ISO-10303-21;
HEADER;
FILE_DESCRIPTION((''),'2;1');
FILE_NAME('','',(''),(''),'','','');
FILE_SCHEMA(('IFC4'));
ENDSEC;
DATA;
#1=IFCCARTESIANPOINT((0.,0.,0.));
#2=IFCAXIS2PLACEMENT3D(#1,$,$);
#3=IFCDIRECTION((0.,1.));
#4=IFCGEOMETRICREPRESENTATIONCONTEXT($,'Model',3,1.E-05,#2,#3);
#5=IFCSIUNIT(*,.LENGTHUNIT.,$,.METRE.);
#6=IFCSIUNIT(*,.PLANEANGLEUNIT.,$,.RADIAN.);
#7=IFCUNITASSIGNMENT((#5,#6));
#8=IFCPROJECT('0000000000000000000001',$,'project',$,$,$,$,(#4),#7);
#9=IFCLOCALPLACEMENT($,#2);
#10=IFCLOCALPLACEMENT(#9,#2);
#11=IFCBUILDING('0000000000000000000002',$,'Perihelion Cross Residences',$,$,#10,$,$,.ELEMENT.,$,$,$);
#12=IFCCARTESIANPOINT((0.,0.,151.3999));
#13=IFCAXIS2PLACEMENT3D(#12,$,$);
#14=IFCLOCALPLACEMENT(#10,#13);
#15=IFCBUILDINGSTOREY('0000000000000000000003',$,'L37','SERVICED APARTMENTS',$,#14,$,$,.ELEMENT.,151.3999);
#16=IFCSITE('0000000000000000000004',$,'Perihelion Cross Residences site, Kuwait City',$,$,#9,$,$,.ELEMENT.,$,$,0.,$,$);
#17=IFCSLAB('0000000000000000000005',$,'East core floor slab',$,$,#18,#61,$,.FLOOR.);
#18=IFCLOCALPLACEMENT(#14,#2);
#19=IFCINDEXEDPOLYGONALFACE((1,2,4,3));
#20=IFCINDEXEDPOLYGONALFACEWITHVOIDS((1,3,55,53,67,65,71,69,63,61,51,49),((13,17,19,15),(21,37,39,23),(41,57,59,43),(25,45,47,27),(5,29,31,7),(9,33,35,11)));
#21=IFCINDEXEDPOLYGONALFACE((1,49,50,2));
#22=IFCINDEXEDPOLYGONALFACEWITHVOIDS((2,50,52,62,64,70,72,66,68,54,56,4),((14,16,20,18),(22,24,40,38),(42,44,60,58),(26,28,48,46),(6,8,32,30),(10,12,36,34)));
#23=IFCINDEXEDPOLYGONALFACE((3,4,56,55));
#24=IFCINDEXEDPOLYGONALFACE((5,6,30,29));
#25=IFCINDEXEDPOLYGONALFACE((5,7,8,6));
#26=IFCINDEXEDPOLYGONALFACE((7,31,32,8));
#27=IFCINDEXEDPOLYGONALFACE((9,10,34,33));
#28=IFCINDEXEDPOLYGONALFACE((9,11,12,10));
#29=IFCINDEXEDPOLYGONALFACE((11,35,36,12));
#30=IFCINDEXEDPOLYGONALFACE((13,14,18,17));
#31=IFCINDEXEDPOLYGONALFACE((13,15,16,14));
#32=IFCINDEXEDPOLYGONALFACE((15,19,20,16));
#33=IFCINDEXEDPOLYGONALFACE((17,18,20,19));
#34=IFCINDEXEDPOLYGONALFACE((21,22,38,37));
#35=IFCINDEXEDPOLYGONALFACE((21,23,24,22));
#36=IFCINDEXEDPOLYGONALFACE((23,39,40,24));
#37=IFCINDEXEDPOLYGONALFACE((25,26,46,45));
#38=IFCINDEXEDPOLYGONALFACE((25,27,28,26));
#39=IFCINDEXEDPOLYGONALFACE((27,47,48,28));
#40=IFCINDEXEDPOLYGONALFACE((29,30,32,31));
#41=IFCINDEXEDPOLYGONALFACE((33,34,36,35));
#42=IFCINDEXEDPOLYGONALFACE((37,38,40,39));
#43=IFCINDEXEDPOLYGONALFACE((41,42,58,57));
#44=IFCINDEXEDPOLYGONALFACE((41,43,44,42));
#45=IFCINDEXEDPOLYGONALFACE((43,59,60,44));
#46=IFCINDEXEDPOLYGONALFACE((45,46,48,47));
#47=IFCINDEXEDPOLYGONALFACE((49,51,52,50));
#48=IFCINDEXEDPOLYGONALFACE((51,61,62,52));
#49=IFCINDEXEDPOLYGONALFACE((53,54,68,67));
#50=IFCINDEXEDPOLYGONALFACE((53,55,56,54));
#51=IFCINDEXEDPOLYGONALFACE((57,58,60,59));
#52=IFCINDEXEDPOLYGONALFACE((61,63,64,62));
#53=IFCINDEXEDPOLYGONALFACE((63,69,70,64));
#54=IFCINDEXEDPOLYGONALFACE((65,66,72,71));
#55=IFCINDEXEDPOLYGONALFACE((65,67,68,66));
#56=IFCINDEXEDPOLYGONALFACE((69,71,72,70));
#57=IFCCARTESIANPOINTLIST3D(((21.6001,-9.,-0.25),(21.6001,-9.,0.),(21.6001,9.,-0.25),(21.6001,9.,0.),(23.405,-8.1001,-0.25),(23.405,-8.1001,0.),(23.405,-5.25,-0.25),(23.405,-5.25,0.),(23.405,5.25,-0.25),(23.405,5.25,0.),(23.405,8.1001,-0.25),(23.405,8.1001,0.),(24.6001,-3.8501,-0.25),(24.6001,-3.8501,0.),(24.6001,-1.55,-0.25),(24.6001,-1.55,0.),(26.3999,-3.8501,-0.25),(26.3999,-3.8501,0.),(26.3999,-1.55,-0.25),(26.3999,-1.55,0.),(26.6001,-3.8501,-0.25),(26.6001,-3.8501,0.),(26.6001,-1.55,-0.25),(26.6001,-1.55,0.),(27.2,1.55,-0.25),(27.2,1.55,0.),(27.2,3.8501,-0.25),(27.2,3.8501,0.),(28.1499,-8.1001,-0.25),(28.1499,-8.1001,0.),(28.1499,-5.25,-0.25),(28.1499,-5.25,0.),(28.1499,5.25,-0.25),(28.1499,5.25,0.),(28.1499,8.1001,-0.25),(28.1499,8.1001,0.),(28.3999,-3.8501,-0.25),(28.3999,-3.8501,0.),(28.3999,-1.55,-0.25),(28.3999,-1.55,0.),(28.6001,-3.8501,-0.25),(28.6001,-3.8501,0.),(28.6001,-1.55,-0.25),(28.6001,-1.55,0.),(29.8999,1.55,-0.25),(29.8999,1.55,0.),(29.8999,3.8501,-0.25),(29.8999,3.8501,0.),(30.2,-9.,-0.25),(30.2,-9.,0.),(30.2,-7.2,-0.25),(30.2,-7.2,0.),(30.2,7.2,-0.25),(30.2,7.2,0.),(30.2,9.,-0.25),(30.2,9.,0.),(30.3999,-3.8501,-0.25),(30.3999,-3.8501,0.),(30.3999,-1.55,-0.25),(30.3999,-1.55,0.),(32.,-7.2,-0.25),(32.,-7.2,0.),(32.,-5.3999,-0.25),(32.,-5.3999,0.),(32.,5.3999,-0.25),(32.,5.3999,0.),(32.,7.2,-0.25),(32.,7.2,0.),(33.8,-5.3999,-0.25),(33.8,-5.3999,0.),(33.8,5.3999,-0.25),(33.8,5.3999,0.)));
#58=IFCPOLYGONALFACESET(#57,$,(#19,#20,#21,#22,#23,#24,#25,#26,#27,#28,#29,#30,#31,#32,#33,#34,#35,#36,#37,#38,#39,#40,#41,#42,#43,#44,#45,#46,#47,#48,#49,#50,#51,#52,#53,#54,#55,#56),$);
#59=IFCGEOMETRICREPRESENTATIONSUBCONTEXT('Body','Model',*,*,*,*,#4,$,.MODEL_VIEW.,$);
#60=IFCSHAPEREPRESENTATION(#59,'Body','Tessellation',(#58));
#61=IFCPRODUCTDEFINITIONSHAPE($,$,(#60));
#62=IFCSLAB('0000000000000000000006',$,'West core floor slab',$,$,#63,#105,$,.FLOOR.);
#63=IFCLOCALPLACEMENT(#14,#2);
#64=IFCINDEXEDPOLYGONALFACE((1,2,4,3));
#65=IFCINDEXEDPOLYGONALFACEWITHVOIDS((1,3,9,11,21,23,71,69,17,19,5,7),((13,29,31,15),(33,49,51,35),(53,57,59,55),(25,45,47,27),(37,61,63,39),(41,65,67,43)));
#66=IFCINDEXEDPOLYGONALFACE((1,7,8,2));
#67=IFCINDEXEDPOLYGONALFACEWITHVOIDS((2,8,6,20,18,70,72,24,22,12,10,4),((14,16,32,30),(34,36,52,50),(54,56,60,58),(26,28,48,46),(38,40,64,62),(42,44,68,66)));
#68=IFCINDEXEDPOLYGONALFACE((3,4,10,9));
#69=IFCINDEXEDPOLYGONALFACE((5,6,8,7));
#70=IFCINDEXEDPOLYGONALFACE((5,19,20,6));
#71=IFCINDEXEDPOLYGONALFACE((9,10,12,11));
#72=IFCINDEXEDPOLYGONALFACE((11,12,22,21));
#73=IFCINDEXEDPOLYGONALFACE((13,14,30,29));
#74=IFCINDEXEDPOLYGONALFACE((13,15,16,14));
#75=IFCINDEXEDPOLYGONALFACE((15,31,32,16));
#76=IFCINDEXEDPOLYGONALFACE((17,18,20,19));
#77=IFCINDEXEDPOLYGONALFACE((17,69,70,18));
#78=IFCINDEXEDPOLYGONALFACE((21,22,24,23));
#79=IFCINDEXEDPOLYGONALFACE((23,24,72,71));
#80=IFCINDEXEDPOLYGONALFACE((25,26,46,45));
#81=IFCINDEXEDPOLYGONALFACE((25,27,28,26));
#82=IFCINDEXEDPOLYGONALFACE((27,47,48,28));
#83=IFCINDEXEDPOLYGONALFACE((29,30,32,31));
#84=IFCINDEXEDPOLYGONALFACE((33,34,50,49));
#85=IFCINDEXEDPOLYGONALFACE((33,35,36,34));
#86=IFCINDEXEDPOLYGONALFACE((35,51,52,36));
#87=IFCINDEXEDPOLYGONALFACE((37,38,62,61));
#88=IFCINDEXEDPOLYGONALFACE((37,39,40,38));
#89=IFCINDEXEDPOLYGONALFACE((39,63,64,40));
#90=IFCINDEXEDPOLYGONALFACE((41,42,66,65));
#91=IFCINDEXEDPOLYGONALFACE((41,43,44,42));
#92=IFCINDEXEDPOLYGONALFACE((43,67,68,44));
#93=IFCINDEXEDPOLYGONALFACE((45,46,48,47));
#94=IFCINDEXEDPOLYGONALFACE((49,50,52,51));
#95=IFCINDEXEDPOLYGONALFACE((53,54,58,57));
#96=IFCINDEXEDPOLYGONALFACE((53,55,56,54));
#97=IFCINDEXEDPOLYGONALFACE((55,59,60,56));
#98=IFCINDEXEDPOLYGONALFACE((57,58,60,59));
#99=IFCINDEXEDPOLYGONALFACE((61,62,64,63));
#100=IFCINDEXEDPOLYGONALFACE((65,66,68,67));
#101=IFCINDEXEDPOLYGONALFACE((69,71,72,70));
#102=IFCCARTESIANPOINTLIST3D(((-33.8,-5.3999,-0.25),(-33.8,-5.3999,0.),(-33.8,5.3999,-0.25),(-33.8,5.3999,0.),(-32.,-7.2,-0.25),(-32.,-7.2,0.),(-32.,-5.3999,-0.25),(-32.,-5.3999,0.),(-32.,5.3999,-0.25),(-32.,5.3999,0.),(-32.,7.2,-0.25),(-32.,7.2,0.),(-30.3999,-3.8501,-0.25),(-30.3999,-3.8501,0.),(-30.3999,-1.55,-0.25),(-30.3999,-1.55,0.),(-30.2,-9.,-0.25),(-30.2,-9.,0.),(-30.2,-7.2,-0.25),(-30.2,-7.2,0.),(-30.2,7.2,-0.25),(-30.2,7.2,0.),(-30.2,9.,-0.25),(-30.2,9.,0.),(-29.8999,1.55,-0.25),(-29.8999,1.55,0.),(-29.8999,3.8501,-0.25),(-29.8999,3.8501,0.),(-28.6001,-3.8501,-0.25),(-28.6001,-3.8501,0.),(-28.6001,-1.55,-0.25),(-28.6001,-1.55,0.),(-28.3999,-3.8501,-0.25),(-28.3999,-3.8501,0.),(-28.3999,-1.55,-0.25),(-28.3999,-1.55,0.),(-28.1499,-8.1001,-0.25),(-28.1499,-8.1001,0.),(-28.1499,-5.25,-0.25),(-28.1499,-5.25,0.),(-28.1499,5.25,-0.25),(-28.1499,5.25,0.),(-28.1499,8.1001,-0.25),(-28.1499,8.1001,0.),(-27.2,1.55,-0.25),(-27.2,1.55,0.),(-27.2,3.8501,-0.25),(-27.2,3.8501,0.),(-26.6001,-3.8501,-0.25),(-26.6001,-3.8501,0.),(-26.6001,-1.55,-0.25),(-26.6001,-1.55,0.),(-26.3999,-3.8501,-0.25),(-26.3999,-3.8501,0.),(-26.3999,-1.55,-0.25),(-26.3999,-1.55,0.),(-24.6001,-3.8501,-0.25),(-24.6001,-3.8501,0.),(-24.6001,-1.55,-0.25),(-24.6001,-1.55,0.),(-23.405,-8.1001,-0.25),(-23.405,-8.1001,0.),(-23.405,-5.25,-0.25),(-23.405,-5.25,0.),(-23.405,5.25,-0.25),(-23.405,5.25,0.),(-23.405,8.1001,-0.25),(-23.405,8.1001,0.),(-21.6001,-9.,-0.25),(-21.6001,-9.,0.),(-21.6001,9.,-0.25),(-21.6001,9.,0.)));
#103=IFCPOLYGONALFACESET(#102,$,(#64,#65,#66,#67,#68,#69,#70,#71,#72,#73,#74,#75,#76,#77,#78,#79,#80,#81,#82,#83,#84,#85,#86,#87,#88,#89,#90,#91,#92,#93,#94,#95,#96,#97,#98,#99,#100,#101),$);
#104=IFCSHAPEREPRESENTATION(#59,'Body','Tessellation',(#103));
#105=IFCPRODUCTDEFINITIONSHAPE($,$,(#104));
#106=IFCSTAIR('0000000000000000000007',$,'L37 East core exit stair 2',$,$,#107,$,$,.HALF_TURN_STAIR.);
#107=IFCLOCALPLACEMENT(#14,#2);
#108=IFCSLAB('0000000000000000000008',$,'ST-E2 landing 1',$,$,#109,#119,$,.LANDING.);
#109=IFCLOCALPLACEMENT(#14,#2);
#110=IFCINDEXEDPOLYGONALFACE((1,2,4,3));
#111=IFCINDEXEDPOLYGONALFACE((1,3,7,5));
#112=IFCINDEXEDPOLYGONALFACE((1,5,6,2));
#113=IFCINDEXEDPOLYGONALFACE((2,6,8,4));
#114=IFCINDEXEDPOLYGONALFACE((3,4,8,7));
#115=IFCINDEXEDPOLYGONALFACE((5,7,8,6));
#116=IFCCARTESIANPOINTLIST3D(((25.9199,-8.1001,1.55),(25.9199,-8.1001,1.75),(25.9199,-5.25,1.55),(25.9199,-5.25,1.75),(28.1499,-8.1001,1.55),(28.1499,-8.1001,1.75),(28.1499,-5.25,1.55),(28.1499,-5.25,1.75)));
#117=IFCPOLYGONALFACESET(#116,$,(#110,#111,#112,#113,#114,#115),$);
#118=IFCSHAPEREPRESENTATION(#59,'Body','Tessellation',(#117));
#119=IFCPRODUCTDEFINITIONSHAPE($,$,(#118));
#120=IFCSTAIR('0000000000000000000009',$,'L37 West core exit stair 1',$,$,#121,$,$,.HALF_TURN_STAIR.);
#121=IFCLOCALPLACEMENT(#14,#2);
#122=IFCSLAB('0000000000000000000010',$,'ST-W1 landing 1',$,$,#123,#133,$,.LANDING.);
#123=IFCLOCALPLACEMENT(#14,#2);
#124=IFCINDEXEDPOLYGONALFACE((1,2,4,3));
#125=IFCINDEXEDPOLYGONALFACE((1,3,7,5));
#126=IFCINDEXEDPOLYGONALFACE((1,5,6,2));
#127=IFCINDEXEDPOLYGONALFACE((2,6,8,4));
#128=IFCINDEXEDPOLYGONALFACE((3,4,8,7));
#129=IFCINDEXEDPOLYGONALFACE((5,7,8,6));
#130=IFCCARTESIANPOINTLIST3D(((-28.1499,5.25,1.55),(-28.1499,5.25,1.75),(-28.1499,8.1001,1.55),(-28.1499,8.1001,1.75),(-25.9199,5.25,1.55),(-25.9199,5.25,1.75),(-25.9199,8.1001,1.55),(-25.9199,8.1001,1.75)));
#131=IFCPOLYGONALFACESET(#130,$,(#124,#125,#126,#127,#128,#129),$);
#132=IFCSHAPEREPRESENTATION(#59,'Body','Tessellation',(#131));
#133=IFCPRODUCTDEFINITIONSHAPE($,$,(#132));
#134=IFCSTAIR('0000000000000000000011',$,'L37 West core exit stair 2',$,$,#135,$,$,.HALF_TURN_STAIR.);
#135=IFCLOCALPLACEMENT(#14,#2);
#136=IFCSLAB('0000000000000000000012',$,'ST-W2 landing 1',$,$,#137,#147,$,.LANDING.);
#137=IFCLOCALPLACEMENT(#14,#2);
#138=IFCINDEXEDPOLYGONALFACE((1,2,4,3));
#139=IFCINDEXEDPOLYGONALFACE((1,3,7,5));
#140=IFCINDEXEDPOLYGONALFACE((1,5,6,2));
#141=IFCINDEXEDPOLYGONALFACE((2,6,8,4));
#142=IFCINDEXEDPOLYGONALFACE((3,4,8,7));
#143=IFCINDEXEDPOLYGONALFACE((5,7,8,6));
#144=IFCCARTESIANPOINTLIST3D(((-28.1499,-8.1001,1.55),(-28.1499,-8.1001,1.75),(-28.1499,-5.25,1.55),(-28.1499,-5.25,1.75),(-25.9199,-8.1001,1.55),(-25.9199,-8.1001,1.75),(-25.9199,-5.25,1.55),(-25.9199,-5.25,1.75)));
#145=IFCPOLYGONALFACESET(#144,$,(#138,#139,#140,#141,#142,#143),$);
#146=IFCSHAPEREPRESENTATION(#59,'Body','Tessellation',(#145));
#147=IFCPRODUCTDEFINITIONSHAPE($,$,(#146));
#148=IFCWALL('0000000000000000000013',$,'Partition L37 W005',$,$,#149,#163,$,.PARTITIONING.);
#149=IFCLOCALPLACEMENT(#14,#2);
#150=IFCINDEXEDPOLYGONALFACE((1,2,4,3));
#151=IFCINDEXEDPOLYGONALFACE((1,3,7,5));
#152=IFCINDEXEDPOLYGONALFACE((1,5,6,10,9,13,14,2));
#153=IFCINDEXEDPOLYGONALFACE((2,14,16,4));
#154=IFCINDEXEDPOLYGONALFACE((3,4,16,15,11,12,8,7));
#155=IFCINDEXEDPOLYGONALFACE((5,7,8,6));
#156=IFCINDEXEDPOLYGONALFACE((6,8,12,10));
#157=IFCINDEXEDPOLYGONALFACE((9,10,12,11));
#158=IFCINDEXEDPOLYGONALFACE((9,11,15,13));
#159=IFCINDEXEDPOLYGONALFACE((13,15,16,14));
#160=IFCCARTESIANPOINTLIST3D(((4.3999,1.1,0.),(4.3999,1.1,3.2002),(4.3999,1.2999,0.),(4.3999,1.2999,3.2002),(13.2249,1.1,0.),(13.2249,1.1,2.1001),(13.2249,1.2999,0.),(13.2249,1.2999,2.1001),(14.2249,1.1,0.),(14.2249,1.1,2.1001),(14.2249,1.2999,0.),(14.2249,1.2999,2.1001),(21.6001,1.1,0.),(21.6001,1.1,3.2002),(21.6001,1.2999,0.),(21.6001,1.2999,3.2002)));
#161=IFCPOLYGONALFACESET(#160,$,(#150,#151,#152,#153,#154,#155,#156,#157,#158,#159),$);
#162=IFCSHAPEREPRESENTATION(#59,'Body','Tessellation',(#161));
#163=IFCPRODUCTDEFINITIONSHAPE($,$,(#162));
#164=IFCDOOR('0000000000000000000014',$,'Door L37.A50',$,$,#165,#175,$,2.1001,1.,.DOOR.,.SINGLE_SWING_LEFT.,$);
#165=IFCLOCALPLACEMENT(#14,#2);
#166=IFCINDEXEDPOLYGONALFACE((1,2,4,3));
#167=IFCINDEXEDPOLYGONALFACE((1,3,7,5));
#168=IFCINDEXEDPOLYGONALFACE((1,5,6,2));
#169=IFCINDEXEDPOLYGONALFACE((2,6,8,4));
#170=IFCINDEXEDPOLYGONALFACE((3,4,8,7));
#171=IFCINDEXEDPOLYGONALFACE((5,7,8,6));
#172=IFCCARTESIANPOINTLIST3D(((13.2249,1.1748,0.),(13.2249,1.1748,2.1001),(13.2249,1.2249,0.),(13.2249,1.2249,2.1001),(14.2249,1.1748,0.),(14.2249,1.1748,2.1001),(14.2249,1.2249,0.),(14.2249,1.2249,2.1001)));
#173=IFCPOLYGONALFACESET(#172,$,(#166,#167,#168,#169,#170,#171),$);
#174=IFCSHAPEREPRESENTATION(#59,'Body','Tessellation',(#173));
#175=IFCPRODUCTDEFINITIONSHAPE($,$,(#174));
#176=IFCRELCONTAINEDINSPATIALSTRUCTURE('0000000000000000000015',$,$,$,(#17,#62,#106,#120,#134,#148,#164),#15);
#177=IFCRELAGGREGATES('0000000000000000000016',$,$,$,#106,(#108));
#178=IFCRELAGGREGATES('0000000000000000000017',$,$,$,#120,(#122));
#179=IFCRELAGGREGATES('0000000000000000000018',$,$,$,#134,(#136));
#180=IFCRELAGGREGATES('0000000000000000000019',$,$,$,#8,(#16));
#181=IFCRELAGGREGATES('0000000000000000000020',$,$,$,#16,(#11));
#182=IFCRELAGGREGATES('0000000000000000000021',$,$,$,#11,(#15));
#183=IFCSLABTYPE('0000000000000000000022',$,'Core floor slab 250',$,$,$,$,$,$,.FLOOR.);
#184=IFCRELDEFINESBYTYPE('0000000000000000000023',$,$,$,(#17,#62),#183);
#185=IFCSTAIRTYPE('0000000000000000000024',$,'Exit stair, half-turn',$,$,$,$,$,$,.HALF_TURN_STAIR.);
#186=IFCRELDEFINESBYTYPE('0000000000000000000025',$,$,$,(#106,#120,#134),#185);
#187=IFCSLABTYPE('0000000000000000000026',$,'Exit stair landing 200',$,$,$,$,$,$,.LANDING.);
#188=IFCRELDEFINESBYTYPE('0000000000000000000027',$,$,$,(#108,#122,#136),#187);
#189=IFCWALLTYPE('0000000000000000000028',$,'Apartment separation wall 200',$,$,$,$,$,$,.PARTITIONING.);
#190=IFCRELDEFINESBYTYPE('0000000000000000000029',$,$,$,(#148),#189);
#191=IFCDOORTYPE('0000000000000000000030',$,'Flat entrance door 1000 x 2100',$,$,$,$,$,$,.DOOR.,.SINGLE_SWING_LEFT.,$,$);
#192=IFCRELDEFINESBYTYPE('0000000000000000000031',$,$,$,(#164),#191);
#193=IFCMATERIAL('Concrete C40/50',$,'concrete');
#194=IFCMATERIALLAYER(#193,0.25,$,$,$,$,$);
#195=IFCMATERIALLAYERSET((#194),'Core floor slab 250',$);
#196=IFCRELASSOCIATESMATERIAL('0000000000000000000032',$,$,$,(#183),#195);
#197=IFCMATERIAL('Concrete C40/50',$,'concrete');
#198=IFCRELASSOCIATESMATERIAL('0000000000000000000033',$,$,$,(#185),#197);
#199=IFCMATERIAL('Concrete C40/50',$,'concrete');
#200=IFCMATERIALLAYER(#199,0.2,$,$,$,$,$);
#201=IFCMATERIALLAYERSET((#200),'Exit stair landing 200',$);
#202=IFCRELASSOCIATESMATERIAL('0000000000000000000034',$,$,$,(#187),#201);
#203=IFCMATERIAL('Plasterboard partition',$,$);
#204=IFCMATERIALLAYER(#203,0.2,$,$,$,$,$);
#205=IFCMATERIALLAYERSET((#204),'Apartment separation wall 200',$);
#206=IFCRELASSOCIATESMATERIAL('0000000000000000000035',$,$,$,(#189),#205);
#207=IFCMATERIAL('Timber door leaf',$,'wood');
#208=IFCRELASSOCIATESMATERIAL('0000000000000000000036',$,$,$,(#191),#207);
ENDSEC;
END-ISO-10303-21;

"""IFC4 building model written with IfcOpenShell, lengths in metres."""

from ifc_helpers import new_model, si_unit, direction, frame, frame_2d, origin, place, context, subcontext, project, spatial, polyline, rectangle, outline, extrude, material, layer, layer_set, type_object, element, fill, aggregate, save


model = new_model("IFC4")

# Units and contexts
model_context = context("Model", 3, precision=1e-05, world=origin(), true_north=direction((0.0, 1.0)))
body_context = subcontext(model_context, "Body", "Model", "MODEL_VIEW")
ifc_project = project(units=[si_unit("LENGTHUNIT", "METRE"), si_unit("PLANEANGLEUNIT", "RADIAN")], contexts=[model_context])

# Site, building, storey
site_placement = place(None, origin())
site = spatial("IfcSite", under=ifc_project, at=site_placement, Name="Perihelion Cross Residences site, Kuwait City", CompositionType="ELEMENT", RefElevation=0.0)
building_placement = place(site_placement, origin())
building = spatial("IfcBuilding", under=site, at=building_placement, Name="Perihelion Cross Residences", CompositionType="ELEMENT")
storey_placement = place(building_placement, frame((0.0, 0.0, 151.3999)))
storey = spatial("IfcBuildingStorey", under=building, at=storey_placement, Name="L37", Description="SERVICED APARTMENTS", CompositionType="ELEMENT", Elevation=151.3999)

# Slabs
ifc_material_1 = material(Name="Concrete C40/50", Category="concrete")
ifc_layer_1 = layer(ifc_material_1, 0.25)
ifc_layer_set_1 = layer_set([ifc_layer_1], Name="Core floor slab 250")
slab_type_1 = type_object("IfcSlabType", Name="Core floor slab 250", PredefinedType="FLOOR", material=ifc_layer_set_1)
slab_1_placement = place(storey_placement, frame((0.0, 0.0, -0.25)))
element("IfcSlab", 1, at=slab_1_placement, inside=storey, type_object=slab_type_1, Name="East core floor slab", PredefinedType="FLOOR", context=body_context, shape_type="SweptSolid", body=[
    extrude(outline(polyline([(30.2, 7.2), (32.0, 7.2), (32.0, 5.3999), (33.8, 5.3999), (33.8, -5.3999), (32.0, -5.3999), (32.0, -7.2), (30.2, -7.2), (30.2, -9.0), (21.6001, -9.0), (21.6001, 9.0), (30.2, 9.0), (30.2, 7.2)]), holes=[polyline([(28.1499, -8.1001), (28.1499, -5.25), (23.405, -5.25), (23.405, -8.1001), (28.1499, -8.1001)]), polyline([(24.6001, -1.55), (24.6001, -3.8501), (26.3999, -3.8501), (26.3999, -1.55), (24.6001, -1.55)]), polyline([(26.6001, -1.55), (26.6001, -3.8501), (28.3999, -3.8501), (28.3999, -1.55), (26.6001, -1.55)]), polyline([(28.6001, -3.8501), (30.3999, -3.8501), (30.3999, -1.55), (28.6001, -1.55), (28.6001, -3.8501)]), polyline([(27.2, 3.8501), (27.2, 1.55), (29.8999, 1.55), (29.8999, 3.8501), (27.2, 3.8501)]), polyline([(23.405, 5.25), (28.1499, 5.25), (28.1499, 8.1001), (23.405, 8.1001), (23.405, 5.25)])]), origin(), (0.0, 0.0, 1.0), 0.25),
])
slab_2_placement = place(storey_placement, frame((0.0, 0.0, -0.25)))
element("IfcSlab", 2, at=slab_2_placement, inside=storey, type_object=slab_type_1, Name="West core floor slab", PredefinedType="FLOOR", context=body_context, shape_type="SweptSolid", body=[
    extrude(outline(polyline([(-30.2, 7.2), (-32.0, 7.2), (-32.0, 5.3999), (-33.8, 5.3999), (-33.8, -5.3999), (-32.0, -5.3999), (-32.0, -7.2), (-30.2, -7.2), (-30.2, -9.0), (-21.6001, -9.0), (-21.6001, 9.0), (-30.2, 9.0), (-30.2, 7.2)]), holes=[polyline([(-28.1499, -8.1001), (-28.1499, -5.25), (-23.405, -5.25), (-23.405, -8.1001), (-28.1499, -8.1001)]), polyline([(-24.6001, -1.55), (-24.6001, -3.8501), (-26.3999, -3.8501), (-26.3999, -1.55), (-24.6001, -1.55)]), polyline([(-26.6001, -1.55), (-26.6001, -3.8501), (-28.3999, -3.8501), (-28.3999, -1.55), (-26.6001, -1.55)]), polyline([(-28.6001, -3.8501), (-30.3999, -3.8501), (-30.3999, -1.55), (-28.6001, -1.55), (-28.6001, -3.8501)]), polyline([(-27.2, 3.8501), (-27.2, 1.55), (-29.8999, 1.55), (-29.8999, 3.8501), (-27.2, 3.8501)]), polyline([(-23.405, 5.25), (-28.1499, 5.25), (-28.1499, 8.1001), (-23.405, 8.1001), (-23.405, 5.25)])]), origin(), (0.0, 0.0, 1.0), 0.25),
])

# Stairs, slabs
ifc_material_2 = material(Name="Concrete C40/50", Category="concrete")
stair_type = type_object("IfcStairType", Name="Exit stair, half-turn", PredefinedType="HALF_TURN_STAIR", material=ifc_material_2)
stair_1_placement = place(storey_placement, origin())
stair_1 = element("IfcStair", 3, at=stair_1_placement, inside=storey, type_object=stair_type, Name="L37 East core exit stair 2", PredefinedType="HALF_TURN_STAIR")
ifc_material_3 = material(Name="Concrete C40/50", Category="concrete")
ifc_layer_2 = layer(ifc_material_3, 0.2)
ifc_layer_set_2 = layer_set([ifc_layer_2], Name="Exit stair landing 200")
slab_type_2 = type_object("IfcSlabType", Name="Exit stair landing 200", PredefinedType="LANDING", material=ifc_layer_set_2)
slab_3_placement = place(storey_placement, frame((0.0, 0.0, 1.55)))
slab_3 = element("IfcSlab", 4, at=slab_3_placement, type_object=slab_type_2, Name="ST-E2 landing 1", PredefinedType="LANDING", context=body_context, shape_type="SweptSolid", body=[
    extrude(outline(polyline([(25.9199, -8.1001), (28.1499, -8.1001), (28.1499, -5.25), (25.9199, -5.25), (25.9199, -8.1001)])), origin(), (0.0, 0.0, 1.0), 0.2),
])
aggregate(stair_1, [slab_3])
stair_2_placement = place(storey_placement, origin())
stair_2 = element("IfcStair", 5, at=stair_2_placement, inside=storey, type_object=stair_type, Name="L37 West core exit stair 1", PredefinedType="HALF_TURN_STAIR")
slab_4_placement = place(storey_placement, frame((0.0, 0.0, 1.55)))
slab_4 = element("IfcSlab", 6, at=slab_4_placement, type_object=slab_type_2, Name="ST-W1 landing 1", PredefinedType="LANDING", context=body_context, shape_type="SweptSolid", body=[
    extrude(outline(polyline([(-25.9199, 8.1001), (-28.1499, 8.1001), (-28.1499, 5.25), (-25.9199, 5.25), (-25.9199, 8.1001)])), origin(), (0.0, 0.0, 1.0), 0.2),
])
aggregate(stair_2, [slab_4])
stair_3_placement = place(storey_placement, origin())
stair_3 = element("IfcStair", 7, at=stair_3_placement, inside=storey, type_object=stair_type, Name="L37 West core exit stair 2", PredefinedType="HALF_TURN_STAIR")
slab_5_placement = place(storey_placement, frame((0.0, 0.0, 1.55)))
slab_5 = element("IfcSlab", 8, at=slab_5_placement, type_object=slab_type_2, Name="ST-W2 landing 1", PredefinedType="LANDING", context=body_context, shape_type="SweptSolid", body=[
    extrude(outline(polyline([(-25.9199, -5.25), (-28.1499, -5.25), (-28.1499, -8.1001), (-25.9199, -8.1001), (-25.9199, -5.25)])), origin(), (0.0, 0.0, 1.0), 0.2),
])
aggregate(stair_3, [slab_5])

# Wall, opening, door
ifc_material_4 = material(Name="Plasterboard partition")
ifc_layer_3 = layer(ifc_material_4, 0.2)
ifc_layer_set_3 = layer_set([ifc_layer_3], Name="Apartment separation wall 200")
wall_type_1 = type_object("IfcWallType", Name="Apartment separation wall 200", PredefinedType="PARTITIONING", material=ifc_layer_set_3)
wall_1_placement = place(storey_placement, frame((4.3999, 1.2, 0.0), z_axis=(0.0, 0.0, 1.0), x_axis=(1.0, 0.0, 0.0)))
wall_1 = element("IfcWall", 9, at=wall_1_placement, inside=storey, type_object=wall_type_1, Name="Partition L37 W005", PredefinedType="PARTITIONING", context=body_context, shape_type="SweptSolid", body=[
    extrude(rectangle(XDim=17.2002, YDim=0.2, at=frame_2d((8.6001, 0.0))), origin(), (0.0, 0.0, 1.0), 3.2002),
])
opening_1_placement = place(wall_1_placement, frame((8.825, 0.0, 0.0)))
opening_1 = element("IfcOpeningElement", 10, at=opening_1_placement, cuts=wall_1, PredefinedType="OPENING", context=body_context, shape_type="SweptSolid", body=[
    extrude(rectangle(XDim=1.0, YDim=2.1001, at=frame_2d((0.5, 1.05))), frame((0.0, 0.1099, 0.0), z_axis=(0.0, -1.0, 0.0), x_axis=(1.0, 0.0, 0.0)), (0.0, 0.0, 1.0), 0.22),
])
ifc_material_5 = material(Name="Timber door leaf", Category="wood")
door_type_1 = type_object("IfcDoorType", Name="Flat entrance door 1000 x 2100", OperationType="SINGLE_SWING_LEFT", PredefinedType="DOOR", material=ifc_material_5)
door_1_placement = place(opening_1_placement, origin())
door_1 = element("IfcDoor", 11, at=door_1_placement, inside=storey, type_object=door_type_1, Name="Door L37.A50", OperationType="SINGLE_SWING_LEFT", OverallHeight=2.1001, OverallWidth=1.0, PredefinedType="DOOR", context=body_context, shape_type="SweptSolid", body=[
    extrude(rectangle(XDim=1.0, YDim=2.1001, at=frame_2d((0.5, 1.05))), frame((0.0, 0.0249, 0.0), z_axis=(0.0, -1.0, 0.0), x_axis=(1.0, 0.0, 0.0)), (0.0, 0.0, 1.0), 0.05),
])
fill(opening_1, door_1)

save(model, "model.ifc")
